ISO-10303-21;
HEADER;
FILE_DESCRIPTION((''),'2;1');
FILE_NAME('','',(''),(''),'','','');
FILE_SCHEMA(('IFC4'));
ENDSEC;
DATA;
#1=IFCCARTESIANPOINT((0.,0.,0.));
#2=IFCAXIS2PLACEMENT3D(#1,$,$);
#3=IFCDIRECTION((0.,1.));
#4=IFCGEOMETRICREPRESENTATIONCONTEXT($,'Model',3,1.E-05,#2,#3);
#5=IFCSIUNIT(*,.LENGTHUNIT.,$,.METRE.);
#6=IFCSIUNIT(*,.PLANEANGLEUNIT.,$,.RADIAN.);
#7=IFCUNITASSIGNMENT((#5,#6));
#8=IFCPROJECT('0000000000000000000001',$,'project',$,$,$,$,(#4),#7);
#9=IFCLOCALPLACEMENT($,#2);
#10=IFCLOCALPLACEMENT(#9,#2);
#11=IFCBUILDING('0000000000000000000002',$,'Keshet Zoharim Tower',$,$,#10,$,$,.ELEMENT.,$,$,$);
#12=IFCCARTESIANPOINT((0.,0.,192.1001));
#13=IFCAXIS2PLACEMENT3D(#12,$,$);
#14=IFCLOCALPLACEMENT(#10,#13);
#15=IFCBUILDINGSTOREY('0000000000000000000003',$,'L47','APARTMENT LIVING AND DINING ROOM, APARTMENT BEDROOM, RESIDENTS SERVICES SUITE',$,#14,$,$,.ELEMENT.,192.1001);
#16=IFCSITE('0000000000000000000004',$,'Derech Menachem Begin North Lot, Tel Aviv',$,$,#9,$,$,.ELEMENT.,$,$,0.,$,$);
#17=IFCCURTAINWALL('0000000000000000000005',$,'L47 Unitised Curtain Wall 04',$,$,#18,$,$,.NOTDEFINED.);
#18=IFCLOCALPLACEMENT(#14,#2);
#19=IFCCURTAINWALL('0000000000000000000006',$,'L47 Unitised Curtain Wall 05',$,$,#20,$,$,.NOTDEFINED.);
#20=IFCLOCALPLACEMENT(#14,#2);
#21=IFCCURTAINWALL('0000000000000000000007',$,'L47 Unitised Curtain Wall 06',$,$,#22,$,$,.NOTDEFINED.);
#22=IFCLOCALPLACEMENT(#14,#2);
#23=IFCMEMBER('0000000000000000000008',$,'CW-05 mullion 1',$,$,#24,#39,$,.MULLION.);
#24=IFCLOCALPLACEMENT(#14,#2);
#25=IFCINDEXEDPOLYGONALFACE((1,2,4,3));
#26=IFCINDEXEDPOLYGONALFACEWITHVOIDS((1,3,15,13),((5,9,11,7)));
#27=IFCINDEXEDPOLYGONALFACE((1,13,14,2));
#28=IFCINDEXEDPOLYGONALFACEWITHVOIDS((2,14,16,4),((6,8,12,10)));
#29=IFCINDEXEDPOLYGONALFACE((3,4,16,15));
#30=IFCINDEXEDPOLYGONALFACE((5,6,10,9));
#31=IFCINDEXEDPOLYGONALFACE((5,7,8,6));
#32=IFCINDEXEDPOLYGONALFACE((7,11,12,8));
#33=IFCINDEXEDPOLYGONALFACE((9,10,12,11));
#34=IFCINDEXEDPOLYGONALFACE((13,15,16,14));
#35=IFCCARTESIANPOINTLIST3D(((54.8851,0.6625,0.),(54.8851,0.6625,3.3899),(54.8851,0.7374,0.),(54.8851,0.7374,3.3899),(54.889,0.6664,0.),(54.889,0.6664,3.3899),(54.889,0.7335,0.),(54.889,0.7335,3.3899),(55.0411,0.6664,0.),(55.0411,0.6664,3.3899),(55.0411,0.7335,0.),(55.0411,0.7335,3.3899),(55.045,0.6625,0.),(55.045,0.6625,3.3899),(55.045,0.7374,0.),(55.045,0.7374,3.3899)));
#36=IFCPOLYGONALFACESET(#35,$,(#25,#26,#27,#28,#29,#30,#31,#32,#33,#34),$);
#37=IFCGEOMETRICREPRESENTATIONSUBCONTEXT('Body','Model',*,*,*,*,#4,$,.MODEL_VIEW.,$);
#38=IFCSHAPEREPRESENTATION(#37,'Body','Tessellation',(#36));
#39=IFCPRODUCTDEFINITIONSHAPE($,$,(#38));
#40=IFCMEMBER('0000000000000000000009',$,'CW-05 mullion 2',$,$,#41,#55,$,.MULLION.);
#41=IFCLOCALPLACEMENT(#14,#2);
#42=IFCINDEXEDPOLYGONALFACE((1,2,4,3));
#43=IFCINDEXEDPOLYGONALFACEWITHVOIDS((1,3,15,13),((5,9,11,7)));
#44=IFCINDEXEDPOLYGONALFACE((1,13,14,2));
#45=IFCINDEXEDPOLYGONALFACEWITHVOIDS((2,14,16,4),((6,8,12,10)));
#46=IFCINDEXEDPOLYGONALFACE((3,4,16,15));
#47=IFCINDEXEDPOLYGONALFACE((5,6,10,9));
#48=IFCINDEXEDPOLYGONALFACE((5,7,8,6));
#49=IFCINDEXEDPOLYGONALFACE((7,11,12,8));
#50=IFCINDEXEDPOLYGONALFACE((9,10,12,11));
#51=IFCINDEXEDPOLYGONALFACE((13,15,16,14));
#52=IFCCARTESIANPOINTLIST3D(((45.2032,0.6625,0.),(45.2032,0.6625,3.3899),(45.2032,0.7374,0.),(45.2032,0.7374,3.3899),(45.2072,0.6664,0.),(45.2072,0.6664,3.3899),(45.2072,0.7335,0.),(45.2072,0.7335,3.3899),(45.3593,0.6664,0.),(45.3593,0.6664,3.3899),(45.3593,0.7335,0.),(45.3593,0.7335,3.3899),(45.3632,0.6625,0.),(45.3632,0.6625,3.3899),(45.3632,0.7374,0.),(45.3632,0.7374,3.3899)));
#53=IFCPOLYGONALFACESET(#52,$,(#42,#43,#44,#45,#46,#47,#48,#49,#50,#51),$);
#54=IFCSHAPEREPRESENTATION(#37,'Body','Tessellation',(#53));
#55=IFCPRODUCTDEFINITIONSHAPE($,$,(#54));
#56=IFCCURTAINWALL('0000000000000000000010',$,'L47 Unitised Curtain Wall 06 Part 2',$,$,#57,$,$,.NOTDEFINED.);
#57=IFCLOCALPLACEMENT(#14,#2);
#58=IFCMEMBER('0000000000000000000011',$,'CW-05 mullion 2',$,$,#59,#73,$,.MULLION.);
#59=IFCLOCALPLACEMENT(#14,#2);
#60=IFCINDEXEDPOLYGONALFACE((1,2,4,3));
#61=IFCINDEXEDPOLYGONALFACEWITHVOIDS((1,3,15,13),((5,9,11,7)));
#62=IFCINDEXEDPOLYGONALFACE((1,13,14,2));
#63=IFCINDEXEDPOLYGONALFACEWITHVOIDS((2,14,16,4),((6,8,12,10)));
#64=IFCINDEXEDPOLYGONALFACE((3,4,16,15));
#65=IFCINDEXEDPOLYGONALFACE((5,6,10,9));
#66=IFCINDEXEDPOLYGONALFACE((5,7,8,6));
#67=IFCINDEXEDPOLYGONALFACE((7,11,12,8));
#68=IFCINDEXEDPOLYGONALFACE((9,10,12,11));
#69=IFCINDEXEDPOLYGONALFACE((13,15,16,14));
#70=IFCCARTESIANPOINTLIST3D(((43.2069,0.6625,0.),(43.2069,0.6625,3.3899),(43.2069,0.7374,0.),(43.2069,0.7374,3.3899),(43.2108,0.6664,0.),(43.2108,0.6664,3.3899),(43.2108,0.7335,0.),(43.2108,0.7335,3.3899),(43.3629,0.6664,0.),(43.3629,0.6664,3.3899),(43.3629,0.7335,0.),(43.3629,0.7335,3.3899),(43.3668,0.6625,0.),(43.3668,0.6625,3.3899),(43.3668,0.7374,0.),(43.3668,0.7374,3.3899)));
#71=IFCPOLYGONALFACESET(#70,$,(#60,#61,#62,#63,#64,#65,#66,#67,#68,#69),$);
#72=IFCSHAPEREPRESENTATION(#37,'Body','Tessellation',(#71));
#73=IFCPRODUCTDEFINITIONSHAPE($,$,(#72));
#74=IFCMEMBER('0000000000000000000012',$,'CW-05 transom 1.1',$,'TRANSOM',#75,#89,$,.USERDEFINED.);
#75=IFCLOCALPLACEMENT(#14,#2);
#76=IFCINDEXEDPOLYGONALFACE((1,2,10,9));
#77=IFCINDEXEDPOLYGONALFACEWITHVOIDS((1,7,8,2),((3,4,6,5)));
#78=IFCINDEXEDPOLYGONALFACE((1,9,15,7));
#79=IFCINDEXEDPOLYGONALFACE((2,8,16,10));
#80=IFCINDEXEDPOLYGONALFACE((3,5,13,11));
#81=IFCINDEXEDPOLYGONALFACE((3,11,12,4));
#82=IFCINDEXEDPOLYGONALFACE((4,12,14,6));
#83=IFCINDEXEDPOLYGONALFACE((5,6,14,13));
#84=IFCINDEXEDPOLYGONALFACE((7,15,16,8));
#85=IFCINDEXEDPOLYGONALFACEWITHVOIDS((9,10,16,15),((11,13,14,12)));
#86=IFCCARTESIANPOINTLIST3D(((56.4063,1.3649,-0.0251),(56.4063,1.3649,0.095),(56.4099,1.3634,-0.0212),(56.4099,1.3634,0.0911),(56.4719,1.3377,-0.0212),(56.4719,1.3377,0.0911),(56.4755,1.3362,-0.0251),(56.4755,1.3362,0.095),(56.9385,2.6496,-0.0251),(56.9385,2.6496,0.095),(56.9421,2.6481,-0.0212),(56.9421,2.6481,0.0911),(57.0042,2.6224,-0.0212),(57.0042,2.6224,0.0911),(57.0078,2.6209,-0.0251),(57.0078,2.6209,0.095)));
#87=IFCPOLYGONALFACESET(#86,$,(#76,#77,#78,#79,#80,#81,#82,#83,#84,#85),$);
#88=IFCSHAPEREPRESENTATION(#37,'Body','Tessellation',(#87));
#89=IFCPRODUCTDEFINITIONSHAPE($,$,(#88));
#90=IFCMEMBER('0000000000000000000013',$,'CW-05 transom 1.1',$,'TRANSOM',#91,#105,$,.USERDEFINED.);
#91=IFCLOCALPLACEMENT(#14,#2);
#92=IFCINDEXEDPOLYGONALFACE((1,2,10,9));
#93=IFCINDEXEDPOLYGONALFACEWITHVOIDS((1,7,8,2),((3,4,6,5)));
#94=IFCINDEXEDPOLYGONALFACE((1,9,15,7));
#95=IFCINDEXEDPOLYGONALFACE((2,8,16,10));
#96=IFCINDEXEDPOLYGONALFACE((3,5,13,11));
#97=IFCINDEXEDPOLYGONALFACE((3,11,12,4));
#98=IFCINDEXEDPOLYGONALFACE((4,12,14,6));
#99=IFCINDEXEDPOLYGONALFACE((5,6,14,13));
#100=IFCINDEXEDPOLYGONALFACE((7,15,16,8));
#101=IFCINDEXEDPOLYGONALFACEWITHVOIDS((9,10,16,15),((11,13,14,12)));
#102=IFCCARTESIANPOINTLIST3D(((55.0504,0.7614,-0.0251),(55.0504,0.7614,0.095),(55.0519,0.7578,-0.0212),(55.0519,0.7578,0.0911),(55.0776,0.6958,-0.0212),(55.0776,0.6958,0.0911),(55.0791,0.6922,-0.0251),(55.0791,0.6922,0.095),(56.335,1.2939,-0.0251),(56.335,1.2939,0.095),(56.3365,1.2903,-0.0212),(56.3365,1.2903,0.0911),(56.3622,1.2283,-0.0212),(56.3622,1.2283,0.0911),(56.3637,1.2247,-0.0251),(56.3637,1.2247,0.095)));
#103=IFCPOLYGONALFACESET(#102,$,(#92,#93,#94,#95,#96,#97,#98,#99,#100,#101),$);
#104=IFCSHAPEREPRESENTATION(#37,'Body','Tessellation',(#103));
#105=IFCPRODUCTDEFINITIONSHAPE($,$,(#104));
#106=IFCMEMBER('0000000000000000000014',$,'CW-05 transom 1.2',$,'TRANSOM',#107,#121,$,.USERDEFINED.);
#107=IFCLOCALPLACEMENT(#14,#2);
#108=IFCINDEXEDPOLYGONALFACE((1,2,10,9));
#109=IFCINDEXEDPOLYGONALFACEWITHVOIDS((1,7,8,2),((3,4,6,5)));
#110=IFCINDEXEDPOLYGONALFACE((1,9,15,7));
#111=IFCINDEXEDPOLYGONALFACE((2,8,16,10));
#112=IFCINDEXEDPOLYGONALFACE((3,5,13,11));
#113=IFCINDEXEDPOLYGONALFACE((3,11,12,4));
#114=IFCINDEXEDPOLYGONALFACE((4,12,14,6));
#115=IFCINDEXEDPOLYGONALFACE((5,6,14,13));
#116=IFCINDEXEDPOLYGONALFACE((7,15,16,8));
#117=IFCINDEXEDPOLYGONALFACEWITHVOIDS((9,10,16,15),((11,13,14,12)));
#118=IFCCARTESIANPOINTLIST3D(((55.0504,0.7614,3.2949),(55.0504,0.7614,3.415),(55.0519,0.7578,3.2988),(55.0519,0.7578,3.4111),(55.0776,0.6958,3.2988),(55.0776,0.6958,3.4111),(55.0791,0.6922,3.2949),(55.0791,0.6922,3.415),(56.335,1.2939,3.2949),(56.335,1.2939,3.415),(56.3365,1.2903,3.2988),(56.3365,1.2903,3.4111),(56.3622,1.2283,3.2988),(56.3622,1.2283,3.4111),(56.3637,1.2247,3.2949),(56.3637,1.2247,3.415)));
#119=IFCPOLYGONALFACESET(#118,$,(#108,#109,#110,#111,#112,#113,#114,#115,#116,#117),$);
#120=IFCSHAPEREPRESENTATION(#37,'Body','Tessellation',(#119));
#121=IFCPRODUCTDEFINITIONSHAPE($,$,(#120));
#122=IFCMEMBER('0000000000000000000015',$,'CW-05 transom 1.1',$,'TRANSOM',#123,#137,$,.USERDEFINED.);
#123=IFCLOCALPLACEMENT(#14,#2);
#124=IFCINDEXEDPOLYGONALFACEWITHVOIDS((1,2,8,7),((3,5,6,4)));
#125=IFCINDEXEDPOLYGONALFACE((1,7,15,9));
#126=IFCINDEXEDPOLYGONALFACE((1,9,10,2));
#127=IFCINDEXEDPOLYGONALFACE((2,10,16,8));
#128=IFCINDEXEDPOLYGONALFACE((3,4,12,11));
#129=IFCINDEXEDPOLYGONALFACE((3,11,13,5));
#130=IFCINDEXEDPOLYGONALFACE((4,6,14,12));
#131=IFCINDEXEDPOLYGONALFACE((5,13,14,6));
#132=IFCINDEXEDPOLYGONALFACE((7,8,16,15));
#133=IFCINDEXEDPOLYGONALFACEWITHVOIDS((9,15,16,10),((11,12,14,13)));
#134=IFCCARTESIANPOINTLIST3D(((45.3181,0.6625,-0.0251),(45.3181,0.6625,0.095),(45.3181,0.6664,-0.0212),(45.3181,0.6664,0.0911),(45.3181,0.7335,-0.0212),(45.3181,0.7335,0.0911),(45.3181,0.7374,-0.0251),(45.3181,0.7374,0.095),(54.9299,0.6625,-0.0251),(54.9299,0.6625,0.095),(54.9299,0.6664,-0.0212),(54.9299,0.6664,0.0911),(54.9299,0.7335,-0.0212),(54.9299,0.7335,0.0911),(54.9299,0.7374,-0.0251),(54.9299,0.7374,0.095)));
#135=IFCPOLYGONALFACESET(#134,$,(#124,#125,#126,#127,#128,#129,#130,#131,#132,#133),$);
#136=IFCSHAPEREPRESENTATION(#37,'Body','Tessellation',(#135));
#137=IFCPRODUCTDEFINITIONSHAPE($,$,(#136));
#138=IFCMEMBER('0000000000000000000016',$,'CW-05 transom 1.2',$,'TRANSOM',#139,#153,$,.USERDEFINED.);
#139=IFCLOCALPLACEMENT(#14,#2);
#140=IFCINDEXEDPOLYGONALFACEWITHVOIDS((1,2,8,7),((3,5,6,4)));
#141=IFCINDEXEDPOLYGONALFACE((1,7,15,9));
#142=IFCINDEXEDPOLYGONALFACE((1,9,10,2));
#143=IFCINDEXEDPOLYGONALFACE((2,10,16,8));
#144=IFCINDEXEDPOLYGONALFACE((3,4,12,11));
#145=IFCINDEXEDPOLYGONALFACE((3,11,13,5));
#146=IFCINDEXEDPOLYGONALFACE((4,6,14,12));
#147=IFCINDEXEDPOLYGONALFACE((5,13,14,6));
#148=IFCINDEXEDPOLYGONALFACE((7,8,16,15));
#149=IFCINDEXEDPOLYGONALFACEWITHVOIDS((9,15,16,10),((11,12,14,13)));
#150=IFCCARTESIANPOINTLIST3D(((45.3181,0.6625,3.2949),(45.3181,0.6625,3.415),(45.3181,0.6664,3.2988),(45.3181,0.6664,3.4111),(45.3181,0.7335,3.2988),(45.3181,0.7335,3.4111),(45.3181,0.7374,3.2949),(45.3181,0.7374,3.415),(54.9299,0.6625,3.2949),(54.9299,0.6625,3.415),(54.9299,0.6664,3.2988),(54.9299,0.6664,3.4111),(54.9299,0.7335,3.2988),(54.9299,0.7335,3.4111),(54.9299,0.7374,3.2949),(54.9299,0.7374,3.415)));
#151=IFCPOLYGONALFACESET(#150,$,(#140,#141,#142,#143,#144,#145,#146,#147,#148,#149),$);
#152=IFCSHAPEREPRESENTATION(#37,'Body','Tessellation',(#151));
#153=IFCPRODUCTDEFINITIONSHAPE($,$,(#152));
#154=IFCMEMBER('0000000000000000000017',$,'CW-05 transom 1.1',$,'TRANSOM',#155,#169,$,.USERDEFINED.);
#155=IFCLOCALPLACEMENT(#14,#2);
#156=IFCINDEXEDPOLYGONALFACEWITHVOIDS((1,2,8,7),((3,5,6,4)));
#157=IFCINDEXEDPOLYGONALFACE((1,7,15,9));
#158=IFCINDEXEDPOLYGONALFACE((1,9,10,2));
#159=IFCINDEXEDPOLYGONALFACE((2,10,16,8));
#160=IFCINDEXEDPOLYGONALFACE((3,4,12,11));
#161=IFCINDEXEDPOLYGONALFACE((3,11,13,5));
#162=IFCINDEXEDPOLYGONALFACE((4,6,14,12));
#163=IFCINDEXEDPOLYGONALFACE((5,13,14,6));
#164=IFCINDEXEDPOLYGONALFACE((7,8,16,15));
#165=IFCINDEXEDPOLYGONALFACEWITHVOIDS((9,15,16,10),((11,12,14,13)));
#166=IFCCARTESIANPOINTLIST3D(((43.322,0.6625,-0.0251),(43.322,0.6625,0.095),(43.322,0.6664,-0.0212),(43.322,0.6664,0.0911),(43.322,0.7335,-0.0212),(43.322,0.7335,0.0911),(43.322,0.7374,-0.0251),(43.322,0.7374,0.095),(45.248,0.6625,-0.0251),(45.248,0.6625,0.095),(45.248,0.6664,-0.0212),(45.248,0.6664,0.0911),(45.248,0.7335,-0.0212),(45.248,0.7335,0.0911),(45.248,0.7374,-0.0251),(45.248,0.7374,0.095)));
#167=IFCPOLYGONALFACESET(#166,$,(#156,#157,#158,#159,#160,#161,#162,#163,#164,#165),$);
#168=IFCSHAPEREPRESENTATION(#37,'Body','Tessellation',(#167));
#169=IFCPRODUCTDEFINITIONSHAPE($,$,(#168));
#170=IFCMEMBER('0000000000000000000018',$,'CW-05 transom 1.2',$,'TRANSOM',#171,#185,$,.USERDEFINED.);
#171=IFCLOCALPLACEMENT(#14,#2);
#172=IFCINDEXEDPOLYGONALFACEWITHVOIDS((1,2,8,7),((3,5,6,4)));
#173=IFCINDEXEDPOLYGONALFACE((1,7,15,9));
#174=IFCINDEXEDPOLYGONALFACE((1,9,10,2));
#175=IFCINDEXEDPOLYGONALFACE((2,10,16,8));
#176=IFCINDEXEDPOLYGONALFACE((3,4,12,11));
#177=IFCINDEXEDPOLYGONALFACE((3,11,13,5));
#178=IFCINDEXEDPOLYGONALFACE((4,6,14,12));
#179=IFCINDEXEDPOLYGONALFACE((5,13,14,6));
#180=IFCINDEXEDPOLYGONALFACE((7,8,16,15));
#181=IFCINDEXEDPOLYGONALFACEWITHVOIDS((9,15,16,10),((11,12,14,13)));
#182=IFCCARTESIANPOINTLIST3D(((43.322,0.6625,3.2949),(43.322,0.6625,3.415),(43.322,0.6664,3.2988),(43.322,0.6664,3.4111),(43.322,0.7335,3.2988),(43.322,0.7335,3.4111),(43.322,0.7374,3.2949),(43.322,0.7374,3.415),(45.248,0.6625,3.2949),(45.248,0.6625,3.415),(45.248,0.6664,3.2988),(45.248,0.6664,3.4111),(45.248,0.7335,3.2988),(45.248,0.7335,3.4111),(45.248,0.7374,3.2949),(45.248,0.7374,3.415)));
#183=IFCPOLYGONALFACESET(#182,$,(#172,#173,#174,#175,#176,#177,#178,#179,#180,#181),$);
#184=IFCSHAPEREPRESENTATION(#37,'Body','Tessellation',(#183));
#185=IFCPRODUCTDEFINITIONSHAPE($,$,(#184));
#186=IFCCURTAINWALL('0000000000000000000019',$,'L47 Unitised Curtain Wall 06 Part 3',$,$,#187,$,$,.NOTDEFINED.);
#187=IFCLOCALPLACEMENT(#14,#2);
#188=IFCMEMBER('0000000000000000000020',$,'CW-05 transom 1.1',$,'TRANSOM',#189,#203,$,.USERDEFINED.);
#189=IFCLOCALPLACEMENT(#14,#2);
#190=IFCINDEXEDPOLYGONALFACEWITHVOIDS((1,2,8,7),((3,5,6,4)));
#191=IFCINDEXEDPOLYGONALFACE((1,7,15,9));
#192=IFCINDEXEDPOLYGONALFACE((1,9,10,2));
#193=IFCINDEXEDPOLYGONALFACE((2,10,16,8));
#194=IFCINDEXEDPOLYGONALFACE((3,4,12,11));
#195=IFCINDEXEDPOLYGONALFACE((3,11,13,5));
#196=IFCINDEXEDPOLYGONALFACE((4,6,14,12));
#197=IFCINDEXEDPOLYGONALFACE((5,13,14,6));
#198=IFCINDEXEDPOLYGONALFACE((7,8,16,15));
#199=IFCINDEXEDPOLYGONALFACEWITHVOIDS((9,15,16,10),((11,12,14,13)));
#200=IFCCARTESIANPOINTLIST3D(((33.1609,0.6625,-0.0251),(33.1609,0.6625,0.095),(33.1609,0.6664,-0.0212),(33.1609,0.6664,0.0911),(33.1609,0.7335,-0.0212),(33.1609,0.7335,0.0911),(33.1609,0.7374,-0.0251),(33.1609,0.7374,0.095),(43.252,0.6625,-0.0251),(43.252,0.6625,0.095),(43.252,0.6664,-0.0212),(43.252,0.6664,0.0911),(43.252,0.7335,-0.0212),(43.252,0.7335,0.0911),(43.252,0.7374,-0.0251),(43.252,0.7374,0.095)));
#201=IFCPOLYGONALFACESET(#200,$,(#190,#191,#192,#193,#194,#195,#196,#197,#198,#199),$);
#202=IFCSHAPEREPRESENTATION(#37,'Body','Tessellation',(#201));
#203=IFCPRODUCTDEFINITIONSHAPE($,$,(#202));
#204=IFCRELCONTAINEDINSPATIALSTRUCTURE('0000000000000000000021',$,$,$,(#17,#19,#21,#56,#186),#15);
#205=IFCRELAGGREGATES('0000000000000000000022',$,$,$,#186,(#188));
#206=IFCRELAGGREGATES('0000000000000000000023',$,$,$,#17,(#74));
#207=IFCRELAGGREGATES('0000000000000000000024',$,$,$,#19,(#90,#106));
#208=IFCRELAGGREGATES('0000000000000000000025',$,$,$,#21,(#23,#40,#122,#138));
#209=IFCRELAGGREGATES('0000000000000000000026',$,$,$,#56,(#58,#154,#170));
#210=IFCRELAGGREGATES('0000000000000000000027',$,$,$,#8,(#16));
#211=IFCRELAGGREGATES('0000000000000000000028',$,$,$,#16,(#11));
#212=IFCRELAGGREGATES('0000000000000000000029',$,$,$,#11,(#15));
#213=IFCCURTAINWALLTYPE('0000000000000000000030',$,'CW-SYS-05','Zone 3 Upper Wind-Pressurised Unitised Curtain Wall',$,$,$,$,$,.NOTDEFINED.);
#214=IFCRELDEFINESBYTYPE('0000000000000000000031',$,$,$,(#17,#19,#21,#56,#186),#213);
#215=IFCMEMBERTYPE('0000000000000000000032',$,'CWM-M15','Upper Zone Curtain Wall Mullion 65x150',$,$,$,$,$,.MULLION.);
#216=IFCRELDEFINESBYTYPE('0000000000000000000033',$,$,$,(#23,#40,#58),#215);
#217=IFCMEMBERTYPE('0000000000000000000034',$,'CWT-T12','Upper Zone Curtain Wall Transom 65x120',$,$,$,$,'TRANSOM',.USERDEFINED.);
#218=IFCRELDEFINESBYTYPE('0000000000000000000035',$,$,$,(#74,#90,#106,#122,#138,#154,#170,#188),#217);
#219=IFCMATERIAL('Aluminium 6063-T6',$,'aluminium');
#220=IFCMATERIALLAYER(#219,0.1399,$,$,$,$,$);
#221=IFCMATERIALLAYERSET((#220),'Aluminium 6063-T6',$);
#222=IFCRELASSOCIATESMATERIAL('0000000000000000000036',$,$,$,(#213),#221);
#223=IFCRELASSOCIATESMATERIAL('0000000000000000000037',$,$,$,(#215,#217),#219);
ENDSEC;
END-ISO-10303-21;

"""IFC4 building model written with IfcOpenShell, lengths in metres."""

from ifc_helpers import new_model, si_unit, direction, frame, origin, origin_2d, place, context, subcontext, project, spatial, hollow_rectangle, extrude, material, layer, layer_set, material_profile, profile_set, type_object, element, aggregate, save


model = new_model("IFC4")

# Units and contexts
model_context = context("Model", 3, precision=1e-05, world=origin(), true_north=direction((0.0, 1.0)))
body_context = subcontext(model_context, "Body", "Model", "MODEL_VIEW")
ifc_project = project(units=[si_unit("LENGTHUNIT", "METRE"), si_unit("PLANEANGLEUNIT", "RADIAN")], contexts=[model_context])

# Site, building, storey
site_placement = place(None, origin())
site = spatial("IfcSite", under=ifc_project, at=site_placement, Name="Derech Menachem Begin North Lot, Tel Aviv", CompositionType="ELEMENT", RefElevation=0.0)
building_placement = place(site_placement, origin())
building = spatial("IfcBuilding", under=site, at=building_placement, Name="Keshet Zoharim Tower", CompositionType="ELEMENT")
storey_placement = place(building_placement, frame((0.0, 0.0, 192.1001)))
storey = spatial("IfcBuildingStorey", under=building, at=storey_placement, Name="L47", Description="APARTMENT LIVING AND DINING ROOM, APARTMENT BEDROOM, RESIDENTS SERVICES SUITE", CompositionType="ELEMENT", Elevation=192.1001)

# Curtain wall
ifc_material_1 = material(Name="Aluminium 6063-T6", Category="aluminium")
ifc_layer_1 = layer(ifc_material_1, 0.1399)
ifc_layer_set_1 = layer_set([ifc_layer_1], Name="Aluminium 6063-T6")
curtain_wall_type = type_object("IfcCurtainWallType", Name="CW-SYS-05", Description="Zone 3 Upper Wind-Pressurised Unitised Curtain Wall", PredefinedType="NOTDEFINED", material=ifc_layer_set_1)
curtain_wall_1_placement = place(storey_placement, origin())
curtain_wall_1 = element("IfcCurtainWall", 1, at=curtain_wall_1_placement, inside=storey, type_object=curtain_wall_type, Name="L47 Unitised Curtain Wall 04", PredefinedType="NOTDEFINED")
ifc_material_profile_1 = material_profile(ifc_material_1, hollow_rectangle(XDim=0.075, YDim=0.1599, WallThickness=0.0039, at=origin_2d()), Name="MUL-75x160")
ifc_profile_set_1 = profile_set([ifc_material_profile_1], Name="Aluminium 6063-T6")
member_type_1 = type_object("IfcMemberType", Name="CWM-M15", Description="Upper Zone Curtain Wall Mullion 65x150", PredefinedType="MULLION", material=ifc_profile_set_1)

# Curtain walls, members
curtain_wall_2_placement = place(storey_placement, origin())
curtain_wall_2 = element("IfcCurtainWall", 2, at=curtain_wall_2_placement, inside=storey, type_object=curtain_wall_type, Name="L47 Unitised Curtain Wall 05", PredefinedType="NOTDEFINED")
curtain_wall_3_placement = place(storey_placement, origin())
curtain_wall_3 = element("IfcCurtainWall", 3, at=curtain_wall_3_placement, inside=storey, type_object=curtain_wall_type, Name="L47 Unitised Curtain Wall 06", PredefinedType="NOTDEFINED")
member_1_placement = place(storey_placement, frame((54.9651, 0.7, 0.0), z_axis=(0.0, 0.0, 1.0), x_axis=(0.0, -1.0, 0.0)))
member_1 = element("IfcMember", 4, at=member_1_placement, type_object=member_type_1, Name="CW-05 mullion 1", PredefinedType="MULLION", context=body_context, shape_type="SweptSolid", body=[
    extrude(hollow_rectangle(XDim=0.075, YDim=0.1599, WallThickness=0.0039, at=origin_2d()), origin(), (0.0, 0.0, 1.0), 3.3899),
])
member_2_placement = place(storey_placement, frame((45.2832, 0.7, 0.0), z_axis=(0.0, 0.0, 1.0), x_axis=(0.0, -1.0, 0.0)))
member_2 = element("IfcMember", 5, at=member_2_placement, type_object=member_type_1, Name="CW-05 mullion 2", PredefinedType="MULLION", context=body_context, shape_type="SweptSolid", body=[
    extrude(hollow_rectangle(XDim=0.075, YDim=0.1599, WallThickness=0.0039, at=origin_2d()), origin(), (0.0, 0.0, 1.0), 3.3899),
])

# Curtain wall, member
curtain_wall_4_placement = place(storey_placement, origin())
curtain_wall_4 = element("IfcCurtainWall", 6, at=curtain_wall_4_placement, inside=storey, type_object=curtain_wall_type, Name="L47 Unitised Curtain Wall 06 Part 2", PredefinedType="NOTDEFINED")
member_3_placement = place(storey_placement, frame((43.2869, 0.7, 0.0), z_axis=(0.0, 0.0, 1.0), x_axis=(0.0, -1.0, 0.0)))
member_3 = element("IfcMember", 7, at=member_3_placement, type_object=member_type_1, Name="CW-05 mullion 2", PredefinedType="MULLION", context=body_context, shape_type="SweptSolid", body=[
    extrude(hollow_rectangle(XDim=0.075, YDim=0.1599, WallThickness=0.0039, at=origin_2d()), origin(), (0.0, 0.0, 1.0), 3.3899),
])

# Members
ifc_material_profile_2 = material_profile(ifc_material_1, hollow_rectangle(XDim=0.075, YDim=0.1201, WallThickness=0.0039, at=origin_2d()), Name="TRN-75x120")
ifc_profile_set_2 = profile_set([ifc_material_profile_2], Name="Aluminium 6063-T6")
member_type_2 = type_object("IfcMemberType", Name="CWT-T12", Description="Upper Zone Curtain Wall Transom 65x120", ElementType="TRANSOM", PredefinedType="USERDEFINED", material=ifc_profile_set_2)
member_4_placement = place(storey_placement, frame((56.9731, 2.6353, 0.0349), z_axis=(-0.382745, -0.923854, 0.0), x_axis=(0.923854, -0.382745, 0.0)))
member_4 = element("IfcMember", 8, at=member_4_placement, type_object=member_type_2, Name="CW-05 transom 1.1", ObjectType="TRANSOM", PredefinedType="USERDEFINED", context=body_context, shape_type="SweptSolid", body=[
    extrude(hollow_rectangle(XDim=0.075, YDim=0.1201, WallThickness=0.0039, at=origin_2d()), origin(), (0.0, 0.0, 1.0), 1.3906),
])
member_5_placement = place(storey_placement, frame((56.3494, 1.2593, 0.0349), z_axis=(-0.923792, -0.382894, 0.0), x_axis=(0.382894, -0.923792, 0.0)))
member_5 = element("IfcMember", 9, at=member_5_placement, type_object=member_type_2, Name="CW-05 transom 1.1", ObjectType="TRANSOM", PredefinedType="USERDEFINED", context=body_context, shape_type="SweptSolid", body=[
    extrude(hollow_rectangle(XDim=0.075, YDim=0.1201, WallThickness=0.0039, at=origin_2d()), origin(), (0.0, 0.0, 1.0), 1.3906),
])
member_6_placement = place(storey_placement, frame((56.3494, 1.2593, 3.355), z_axis=(-0.923792, -0.382894, 0.0), x_axis=(0.382894, -0.923792, 0.0)))
member_6 = element("IfcMember", 10, at=member_6_placement, type_object=member_type_2, Name="CW-05 transom 1.2", ObjectType="TRANSOM", PredefinedType="USERDEFINED", context=body_context, shape_type="SweptSolid", body=[
    extrude(hollow_rectangle(XDim=0.075, YDim=0.1201, WallThickness=0.0039, at=origin_2d()), origin(), (0.0, 0.0, 1.0), 1.3906),
])
member_7_placement = place(storey_placement, frame((54.9299, 0.7, 0.0349), z_axis=(-1.0, 0.0, 0.0), x_axis=(0.0, -1.0, 0.0)))
member_7 = element("IfcMember", 11, at=member_7_placement, type_object=member_type_2, Name="CW-05 transom 1.1", ObjectType="TRANSOM", PredefinedType="USERDEFINED", context=body_context, shape_type="SweptSolid", body=[
    extrude(hollow_rectangle(XDim=0.075, YDim=0.1201, WallThickness=0.0039, at=origin_2d()), origin(), (0.0, 0.0, 1.0), 9.6118),
])
member_8_placement = place(storey_placement, frame((54.9299, 0.7, 3.355), z_axis=(-1.0, 0.0, 0.0), x_axis=(0.0, -1.0, 0.0)))
member_8 = element("IfcMember", 12, at=member_8_placement, type_object=member_type_2, Name="CW-05 transom 1.2", ObjectType="TRANSOM", PredefinedType="USERDEFINED", context=body_context, shape_type="SweptSolid", body=[
    extrude(hollow_rectangle(XDim=0.075, YDim=0.1201, WallThickness=0.0039, at=origin_2d()), origin(), (0.0, 0.0, 1.0), 9.6118),
])
member_9_placement = place(storey_placement, frame((45.248, 0.7, 0.0349), z_axis=(-1.0, 0.0, 0.0), x_axis=(0.0, -1.0, 0.0)))
member_9 = element("IfcMember", 13, at=member_9_placement, type_object=member_type_2, Name="CW-05 transom 1.1", ObjectType="TRANSOM", PredefinedType="USERDEFINED", context=body_context, shape_type="SweptSolid", body=[
    extrude(hollow_rectangle(XDim=0.075, YDim=0.1201, WallThickness=0.0039, at=origin_2d()), origin(), (0.0, 0.0, 1.0), 1.926),
])
member_10_placement = place(storey_placement, frame((45.248, 0.7, 3.355), z_axis=(-1.0, 0.0, 0.0), x_axis=(0.0, -1.0, 0.0)))
member_10 = element("IfcMember", 14, at=member_10_placement, type_object=member_type_2, Name="CW-05 transom 1.2", ObjectType="TRANSOM", PredefinedType="USERDEFINED", context=body_context, shape_type="SweptSolid", body=[
    extrude(hollow_rectangle(XDim=0.075, YDim=0.1201, WallThickness=0.0039, at=origin_2d()), origin(), (0.0, 0.0, 1.0), 1.926),
])

# Curtain wall, member
curtain_wall_5_placement = place(storey_placement, origin())
curtain_wall_5 = element("IfcCurtainWall", 15, at=curtain_wall_5_placement, inside=storey, type_object=curtain_wall_type, Name="L47 Unitised Curtain Wall 06 Part 3", PredefinedType="NOTDEFINED")
member_11_placement = place(storey_placement, frame((43.252, 0.7, 0.0349), z_axis=(-1.0, 0.0, 0.0), x_axis=(0.0, -1.0, 0.0)))
member_11 = element("IfcMember", 16, at=member_11_placement, type_object=member_type_2, Name="CW-05 transom 1.1", ObjectType="TRANSOM", PredefinedType="USERDEFINED", context=body_context, shape_type="SweptSolid", body=[
    extrude(hollow_rectangle(XDim=0.075, YDim=0.1201, WallThickness=0.0039, at=origin_2d()), origin(), (0.0, 0.0, 1.0), 10.0911),
])
aggregate(curtain_wall_5, [member_11])

aggregate(curtain_wall_1, [member_4])
aggregate(curtain_wall_2, [member_5, member_6])
aggregate(curtain_wall_3, [member_1, member_2, member_7, member_8])
aggregate(curtain_wall_4, [member_3, member_9, member_10])

save(model, "model.ifc")
